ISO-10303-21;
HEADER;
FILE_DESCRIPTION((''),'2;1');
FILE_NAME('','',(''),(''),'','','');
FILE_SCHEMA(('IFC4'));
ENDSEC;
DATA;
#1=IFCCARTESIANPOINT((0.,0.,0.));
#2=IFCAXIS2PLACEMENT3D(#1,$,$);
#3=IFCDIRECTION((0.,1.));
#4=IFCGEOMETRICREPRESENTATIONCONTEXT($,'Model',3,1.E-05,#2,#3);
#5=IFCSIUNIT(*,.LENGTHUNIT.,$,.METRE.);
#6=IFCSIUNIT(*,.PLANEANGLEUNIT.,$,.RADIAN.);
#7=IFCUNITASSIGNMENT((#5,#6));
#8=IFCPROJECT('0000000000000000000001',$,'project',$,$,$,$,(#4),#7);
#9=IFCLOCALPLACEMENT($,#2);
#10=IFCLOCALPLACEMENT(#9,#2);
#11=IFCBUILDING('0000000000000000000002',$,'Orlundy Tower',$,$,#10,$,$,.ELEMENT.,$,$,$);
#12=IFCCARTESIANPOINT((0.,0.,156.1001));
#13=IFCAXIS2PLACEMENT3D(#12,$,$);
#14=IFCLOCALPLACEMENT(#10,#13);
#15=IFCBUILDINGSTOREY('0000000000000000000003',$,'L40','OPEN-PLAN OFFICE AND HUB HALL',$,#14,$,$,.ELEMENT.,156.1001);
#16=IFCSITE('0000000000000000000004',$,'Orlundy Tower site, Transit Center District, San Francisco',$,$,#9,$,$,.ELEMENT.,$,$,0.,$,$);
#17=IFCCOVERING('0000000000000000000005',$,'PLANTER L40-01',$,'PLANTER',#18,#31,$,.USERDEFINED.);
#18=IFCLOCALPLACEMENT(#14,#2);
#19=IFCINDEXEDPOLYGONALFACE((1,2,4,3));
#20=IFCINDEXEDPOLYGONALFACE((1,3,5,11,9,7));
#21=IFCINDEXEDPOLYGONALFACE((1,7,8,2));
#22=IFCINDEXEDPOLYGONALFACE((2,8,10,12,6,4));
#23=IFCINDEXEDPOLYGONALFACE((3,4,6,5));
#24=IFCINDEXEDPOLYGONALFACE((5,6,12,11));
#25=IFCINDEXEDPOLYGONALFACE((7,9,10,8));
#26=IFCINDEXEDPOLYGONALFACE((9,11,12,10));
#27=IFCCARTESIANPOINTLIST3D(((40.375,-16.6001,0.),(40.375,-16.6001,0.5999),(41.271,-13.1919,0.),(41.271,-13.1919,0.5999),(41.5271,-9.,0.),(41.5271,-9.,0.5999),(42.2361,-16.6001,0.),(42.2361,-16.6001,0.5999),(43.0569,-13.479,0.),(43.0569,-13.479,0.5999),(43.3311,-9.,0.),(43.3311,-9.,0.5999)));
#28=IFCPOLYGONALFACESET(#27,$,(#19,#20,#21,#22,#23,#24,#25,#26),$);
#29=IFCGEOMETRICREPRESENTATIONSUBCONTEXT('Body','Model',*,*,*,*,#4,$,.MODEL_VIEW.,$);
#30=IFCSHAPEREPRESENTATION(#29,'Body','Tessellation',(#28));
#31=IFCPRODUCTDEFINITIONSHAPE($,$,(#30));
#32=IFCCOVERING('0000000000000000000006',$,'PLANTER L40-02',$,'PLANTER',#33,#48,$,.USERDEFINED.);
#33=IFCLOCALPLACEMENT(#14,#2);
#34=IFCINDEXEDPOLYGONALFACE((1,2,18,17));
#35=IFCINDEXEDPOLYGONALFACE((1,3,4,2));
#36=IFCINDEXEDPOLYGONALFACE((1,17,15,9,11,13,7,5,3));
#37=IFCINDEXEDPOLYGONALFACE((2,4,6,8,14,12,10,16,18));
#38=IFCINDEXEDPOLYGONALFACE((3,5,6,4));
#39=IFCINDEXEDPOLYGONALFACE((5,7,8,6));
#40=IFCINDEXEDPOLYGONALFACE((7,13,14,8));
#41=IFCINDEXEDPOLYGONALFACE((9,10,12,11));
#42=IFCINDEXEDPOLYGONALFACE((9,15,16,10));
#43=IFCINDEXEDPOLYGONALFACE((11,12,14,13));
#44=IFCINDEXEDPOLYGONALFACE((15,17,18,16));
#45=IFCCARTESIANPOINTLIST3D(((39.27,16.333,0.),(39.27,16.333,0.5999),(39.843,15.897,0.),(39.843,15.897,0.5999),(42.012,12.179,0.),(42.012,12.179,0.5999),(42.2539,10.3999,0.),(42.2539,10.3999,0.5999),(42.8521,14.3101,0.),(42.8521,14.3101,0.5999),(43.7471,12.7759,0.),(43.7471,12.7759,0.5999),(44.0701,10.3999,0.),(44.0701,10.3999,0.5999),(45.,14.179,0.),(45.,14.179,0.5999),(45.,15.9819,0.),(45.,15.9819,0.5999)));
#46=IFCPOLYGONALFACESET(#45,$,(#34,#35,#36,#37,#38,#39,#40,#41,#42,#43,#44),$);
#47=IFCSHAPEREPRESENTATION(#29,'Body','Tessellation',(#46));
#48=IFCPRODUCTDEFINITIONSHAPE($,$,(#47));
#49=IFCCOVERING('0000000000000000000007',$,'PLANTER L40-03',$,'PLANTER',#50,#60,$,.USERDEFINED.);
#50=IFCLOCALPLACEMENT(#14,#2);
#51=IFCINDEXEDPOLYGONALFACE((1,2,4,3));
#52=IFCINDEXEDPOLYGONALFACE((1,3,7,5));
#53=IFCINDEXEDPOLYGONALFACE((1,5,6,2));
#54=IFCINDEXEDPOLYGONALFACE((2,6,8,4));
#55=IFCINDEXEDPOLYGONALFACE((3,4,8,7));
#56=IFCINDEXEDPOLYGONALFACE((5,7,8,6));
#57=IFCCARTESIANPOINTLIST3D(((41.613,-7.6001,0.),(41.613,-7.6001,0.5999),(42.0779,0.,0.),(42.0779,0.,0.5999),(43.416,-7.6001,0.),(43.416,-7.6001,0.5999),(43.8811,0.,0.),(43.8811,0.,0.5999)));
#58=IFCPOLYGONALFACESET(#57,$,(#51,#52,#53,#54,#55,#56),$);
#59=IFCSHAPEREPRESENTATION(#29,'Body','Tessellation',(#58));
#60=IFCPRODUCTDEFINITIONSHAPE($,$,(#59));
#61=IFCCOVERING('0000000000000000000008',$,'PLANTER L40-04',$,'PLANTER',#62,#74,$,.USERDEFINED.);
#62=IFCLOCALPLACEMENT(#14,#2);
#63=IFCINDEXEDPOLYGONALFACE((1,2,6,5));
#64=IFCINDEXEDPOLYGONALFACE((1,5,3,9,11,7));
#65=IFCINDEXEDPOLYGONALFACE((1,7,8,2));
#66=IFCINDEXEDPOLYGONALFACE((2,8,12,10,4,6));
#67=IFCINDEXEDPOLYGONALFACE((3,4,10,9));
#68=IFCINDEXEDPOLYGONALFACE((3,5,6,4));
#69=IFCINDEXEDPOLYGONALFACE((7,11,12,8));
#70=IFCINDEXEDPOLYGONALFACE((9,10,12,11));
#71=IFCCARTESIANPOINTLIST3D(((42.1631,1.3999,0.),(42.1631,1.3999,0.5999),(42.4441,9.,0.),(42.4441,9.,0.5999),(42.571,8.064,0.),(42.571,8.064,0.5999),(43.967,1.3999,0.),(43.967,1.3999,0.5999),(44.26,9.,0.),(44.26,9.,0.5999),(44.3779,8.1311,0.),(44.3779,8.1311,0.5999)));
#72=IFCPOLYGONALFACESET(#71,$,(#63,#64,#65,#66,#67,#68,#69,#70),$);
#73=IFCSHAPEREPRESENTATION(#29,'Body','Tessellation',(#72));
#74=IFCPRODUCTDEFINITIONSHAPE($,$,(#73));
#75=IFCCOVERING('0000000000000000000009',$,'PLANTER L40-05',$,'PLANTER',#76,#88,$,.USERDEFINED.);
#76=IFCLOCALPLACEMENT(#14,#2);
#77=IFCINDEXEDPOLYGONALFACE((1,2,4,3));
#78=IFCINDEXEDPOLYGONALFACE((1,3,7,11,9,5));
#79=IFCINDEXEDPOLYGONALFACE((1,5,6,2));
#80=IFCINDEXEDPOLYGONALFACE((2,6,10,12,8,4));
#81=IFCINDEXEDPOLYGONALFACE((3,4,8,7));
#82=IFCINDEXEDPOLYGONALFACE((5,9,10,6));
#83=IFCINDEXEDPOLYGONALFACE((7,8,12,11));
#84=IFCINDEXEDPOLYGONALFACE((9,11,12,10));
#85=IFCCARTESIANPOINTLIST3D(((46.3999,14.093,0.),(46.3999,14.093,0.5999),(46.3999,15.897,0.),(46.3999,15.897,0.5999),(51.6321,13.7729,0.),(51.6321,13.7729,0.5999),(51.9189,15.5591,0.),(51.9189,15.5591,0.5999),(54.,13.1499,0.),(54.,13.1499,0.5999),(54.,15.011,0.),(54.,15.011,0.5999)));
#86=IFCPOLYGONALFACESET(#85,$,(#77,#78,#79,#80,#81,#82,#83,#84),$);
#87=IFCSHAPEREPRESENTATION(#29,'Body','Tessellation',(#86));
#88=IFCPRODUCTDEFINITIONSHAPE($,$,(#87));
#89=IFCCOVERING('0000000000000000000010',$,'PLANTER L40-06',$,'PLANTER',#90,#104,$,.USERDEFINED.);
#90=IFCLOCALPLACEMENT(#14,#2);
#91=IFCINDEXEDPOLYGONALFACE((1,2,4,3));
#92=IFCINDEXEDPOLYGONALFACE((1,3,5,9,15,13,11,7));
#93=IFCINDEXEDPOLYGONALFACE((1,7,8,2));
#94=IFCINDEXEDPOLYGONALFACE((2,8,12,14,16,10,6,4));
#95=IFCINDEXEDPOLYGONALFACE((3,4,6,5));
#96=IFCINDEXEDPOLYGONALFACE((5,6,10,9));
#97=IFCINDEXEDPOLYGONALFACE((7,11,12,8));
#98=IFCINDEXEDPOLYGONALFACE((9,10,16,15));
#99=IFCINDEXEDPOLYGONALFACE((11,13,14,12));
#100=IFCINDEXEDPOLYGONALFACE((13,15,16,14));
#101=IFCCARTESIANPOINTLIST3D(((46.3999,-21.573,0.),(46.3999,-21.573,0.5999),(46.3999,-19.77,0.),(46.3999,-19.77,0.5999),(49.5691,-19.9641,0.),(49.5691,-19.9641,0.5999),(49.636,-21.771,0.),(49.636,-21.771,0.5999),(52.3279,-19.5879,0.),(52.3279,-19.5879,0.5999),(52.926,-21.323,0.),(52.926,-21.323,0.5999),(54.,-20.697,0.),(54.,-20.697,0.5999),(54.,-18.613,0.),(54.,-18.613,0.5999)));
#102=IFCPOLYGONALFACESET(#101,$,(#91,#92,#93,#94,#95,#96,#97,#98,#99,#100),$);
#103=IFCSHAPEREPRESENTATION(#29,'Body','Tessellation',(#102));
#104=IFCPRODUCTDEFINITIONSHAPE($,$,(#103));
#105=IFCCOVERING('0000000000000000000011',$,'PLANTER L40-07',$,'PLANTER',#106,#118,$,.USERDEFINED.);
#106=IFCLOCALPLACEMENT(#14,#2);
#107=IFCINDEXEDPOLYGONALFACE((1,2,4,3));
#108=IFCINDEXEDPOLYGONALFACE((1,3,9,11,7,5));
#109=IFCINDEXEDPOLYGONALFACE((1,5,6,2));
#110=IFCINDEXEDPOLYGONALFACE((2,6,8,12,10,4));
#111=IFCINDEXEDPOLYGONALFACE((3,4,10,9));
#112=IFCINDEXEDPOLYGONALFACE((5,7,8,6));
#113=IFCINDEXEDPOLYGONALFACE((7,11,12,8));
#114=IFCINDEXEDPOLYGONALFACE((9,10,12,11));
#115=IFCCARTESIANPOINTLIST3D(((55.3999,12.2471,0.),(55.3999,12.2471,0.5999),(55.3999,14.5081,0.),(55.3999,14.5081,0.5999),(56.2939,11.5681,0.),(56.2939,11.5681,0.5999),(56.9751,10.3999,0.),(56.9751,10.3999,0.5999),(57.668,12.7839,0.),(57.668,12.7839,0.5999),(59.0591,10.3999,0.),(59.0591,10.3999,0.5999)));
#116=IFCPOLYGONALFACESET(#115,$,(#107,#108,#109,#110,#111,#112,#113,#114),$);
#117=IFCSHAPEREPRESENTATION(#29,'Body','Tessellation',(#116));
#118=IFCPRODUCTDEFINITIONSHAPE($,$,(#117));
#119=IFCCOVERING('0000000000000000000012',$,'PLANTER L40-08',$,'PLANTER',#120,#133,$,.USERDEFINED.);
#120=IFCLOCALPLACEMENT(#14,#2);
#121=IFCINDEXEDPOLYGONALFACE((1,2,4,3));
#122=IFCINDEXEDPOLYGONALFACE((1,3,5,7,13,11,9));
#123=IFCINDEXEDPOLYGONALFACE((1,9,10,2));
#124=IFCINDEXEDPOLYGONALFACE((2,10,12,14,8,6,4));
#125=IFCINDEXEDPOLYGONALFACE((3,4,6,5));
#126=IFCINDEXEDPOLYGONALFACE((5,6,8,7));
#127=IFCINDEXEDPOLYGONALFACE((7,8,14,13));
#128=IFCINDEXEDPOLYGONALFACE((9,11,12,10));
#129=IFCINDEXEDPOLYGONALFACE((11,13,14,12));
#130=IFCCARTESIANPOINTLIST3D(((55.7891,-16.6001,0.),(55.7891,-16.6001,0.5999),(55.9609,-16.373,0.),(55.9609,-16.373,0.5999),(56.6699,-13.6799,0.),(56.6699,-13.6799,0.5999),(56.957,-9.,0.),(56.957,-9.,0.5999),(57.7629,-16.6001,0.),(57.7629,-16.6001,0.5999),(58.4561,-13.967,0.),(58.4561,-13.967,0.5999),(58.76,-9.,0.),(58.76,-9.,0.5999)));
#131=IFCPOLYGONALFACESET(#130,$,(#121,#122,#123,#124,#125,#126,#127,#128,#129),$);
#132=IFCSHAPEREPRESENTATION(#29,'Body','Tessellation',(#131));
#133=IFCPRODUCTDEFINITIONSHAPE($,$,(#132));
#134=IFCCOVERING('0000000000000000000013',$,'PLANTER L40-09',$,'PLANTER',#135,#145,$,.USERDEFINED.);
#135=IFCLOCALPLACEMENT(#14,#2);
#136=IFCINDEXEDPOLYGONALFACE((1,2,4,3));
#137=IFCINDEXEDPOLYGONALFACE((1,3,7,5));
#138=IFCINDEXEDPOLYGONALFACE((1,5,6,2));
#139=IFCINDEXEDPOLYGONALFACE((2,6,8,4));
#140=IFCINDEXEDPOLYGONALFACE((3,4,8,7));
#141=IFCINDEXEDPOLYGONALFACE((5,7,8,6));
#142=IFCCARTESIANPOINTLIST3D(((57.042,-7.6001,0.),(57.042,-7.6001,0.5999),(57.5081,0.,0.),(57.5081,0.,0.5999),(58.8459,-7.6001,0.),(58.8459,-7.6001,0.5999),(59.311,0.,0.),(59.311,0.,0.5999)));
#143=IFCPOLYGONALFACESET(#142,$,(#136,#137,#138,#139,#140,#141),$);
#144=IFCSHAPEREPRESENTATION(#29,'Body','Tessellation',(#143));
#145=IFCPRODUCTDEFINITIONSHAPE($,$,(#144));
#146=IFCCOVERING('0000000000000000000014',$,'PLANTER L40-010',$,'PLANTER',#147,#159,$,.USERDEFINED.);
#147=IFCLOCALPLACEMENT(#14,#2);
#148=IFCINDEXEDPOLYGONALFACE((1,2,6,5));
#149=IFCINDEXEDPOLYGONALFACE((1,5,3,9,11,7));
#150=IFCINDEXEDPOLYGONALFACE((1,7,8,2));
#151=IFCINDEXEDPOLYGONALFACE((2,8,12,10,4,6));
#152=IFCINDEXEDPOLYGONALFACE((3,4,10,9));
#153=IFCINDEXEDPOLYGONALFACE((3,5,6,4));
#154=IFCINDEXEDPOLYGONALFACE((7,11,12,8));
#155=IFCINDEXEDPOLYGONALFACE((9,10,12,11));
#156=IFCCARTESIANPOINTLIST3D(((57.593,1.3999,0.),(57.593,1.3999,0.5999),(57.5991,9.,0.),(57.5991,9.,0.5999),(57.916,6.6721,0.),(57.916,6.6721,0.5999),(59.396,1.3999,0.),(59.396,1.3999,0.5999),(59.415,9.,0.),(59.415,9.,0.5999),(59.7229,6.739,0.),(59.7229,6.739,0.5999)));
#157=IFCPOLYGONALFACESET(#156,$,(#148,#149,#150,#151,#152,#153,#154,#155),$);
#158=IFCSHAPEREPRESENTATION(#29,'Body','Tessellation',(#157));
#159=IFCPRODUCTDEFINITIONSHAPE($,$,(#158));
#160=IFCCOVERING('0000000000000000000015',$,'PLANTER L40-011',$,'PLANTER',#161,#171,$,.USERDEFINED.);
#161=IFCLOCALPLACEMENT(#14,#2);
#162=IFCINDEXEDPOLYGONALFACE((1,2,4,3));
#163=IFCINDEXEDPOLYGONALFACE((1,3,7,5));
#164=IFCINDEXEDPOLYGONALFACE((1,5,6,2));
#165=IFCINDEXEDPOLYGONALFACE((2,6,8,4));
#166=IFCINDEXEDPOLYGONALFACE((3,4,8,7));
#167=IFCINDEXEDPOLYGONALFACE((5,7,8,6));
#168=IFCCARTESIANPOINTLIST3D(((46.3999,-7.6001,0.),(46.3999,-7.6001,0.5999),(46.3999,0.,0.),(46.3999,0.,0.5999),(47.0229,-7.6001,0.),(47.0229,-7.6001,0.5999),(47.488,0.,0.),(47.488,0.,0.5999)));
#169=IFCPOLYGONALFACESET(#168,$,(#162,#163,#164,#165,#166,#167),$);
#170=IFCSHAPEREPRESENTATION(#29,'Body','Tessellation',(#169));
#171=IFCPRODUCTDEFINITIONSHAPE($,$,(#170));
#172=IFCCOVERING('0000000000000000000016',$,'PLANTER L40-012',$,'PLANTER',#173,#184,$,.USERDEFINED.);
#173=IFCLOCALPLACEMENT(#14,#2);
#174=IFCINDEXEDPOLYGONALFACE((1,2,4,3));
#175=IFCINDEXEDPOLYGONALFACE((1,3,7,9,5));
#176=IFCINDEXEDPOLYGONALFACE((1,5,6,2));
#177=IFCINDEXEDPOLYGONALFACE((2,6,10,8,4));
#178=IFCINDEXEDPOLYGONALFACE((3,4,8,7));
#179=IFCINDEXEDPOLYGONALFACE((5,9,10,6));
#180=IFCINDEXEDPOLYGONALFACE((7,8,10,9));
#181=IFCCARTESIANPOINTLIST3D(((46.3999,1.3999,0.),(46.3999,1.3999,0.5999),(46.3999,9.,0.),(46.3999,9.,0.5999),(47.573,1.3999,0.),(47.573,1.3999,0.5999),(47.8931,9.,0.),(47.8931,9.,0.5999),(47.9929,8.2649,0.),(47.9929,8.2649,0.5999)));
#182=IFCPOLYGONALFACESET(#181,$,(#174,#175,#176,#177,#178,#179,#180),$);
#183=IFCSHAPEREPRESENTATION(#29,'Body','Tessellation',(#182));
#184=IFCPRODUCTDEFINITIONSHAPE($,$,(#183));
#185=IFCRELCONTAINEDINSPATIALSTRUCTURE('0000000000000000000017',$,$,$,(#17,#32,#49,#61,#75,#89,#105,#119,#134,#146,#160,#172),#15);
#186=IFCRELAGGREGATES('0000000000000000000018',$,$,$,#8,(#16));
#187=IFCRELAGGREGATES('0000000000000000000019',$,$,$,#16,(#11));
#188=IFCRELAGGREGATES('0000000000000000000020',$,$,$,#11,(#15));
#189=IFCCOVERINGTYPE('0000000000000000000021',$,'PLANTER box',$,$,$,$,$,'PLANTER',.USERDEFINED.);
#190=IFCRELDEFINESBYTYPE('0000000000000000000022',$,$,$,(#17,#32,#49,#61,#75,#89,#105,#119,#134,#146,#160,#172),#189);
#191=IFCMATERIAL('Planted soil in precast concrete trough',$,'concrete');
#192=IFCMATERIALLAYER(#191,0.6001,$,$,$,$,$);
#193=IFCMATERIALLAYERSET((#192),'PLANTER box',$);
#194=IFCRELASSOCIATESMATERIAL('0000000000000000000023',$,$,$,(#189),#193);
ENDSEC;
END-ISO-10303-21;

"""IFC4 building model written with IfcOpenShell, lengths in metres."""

from ifc_helpers import new_model, si_unit, direction, frame, origin, place, context, subcontext, project, spatial, polyline, outline, extrude, material, layer, layer_set, type_object, element, save


model = new_model("IFC4")

# Units and contexts
model_context = context("Model", 3, precision=1e-05, world=origin(), true_north=direction((0.0, 1.0)))
body_context = subcontext(model_context, "Body", "Model", "MODEL_VIEW")
ifc_project = project(units=[si_unit("LENGTHUNIT", "METRE"), si_unit("PLANEANGLEUNIT", "RADIAN")], contexts=[model_context])

# Site, building, storey
site_placement = place(None, origin())
site = spatial("IfcSite", under=ifc_project, at=site_placement, Name="Orlundy Tower site, Transit Center District, San Francisco", CompositionType="ELEMENT", RefElevation=0.0)
building_placement = place(site_placement, origin())
building = spatial("IfcBuilding", under=site, at=building_placement, Name="Orlundy Tower", CompositionType="ELEMENT")
storey_placement = place(building_placement, frame((0.0, 0.0, 156.1001)))
storey = spatial("IfcBuildingStorey", under=building, at=storey_placement, Name="L40", Description="OPEN-PLAN OFFICE AND HUB HALL", CompositionType="ELEMENT", Elevation=156.1001)

# Coverings
ifc_material_1 = material(Name="Planted soil in precast concrete trough", Category="concrete")
ifc_layer_1 = layer(ifc_material_1, 0.6001)
ifc_layer_set_1 = layer_set([ifc_layer_1], Name="PLANTER box")
covering_type = type_object("IfcCoveringType", Name="PLANTER box", ElementType="PLANTER", PredefinedType="USERDEFINED", material=ifc_layer_set_1)
covering_1_placement = place(storey_placement, origin())
element("IfcCovering", 1, at=covering_1_placement, inside=storey, type_object=covering_type, Name="PLANTER L40-01", ObjectType="PLANTER", PredefinedType="USERDEFINED", context=body_context, shape_type="SweptSolid", body=[
    extrude(outline(polyline([(41.271, -13.1919), (41.5271, -9.0), (43.3311, -9.0), (43.0569, -13.479), (42.2361, -16.6001), (40.375, -16.6001), (41.271, -13.1919)])), origin(), (0.0, 0.0, 1.0), 0.5999),
])
covering_2_placement = place(storey_placement, origin())
element("IfcCovering", 2, at=covering_2_placement, inside=storey, type_object=covering_type, Name="PLANTER L40-02", ObjectType="PLANTER", PredefinedType="USERDEFINED", context=body_context, shape_type="SweptSolid", body=[
    extrude(outline(polyline([(42.012, 12.179), (39.843, 15.897), (39.27, 16.333), (45.0, 15.9819), (45.0, 14.179), (42.8521, 14.3101), (43.7471, 12.7759), (44.0701, 10.3999), (42.2539, 10.3999), (42.012, 12.179)])), origin(), (0.0, 0.0, 1.0), 0.5999),
])
covering_3_placement = place(storey_placement, origin())
element("IfcCovering", 3, at=covering_3_placement, inside=storey, type_object=covering_type, Name="PLANTER L40-03", ObjectType="PLANTER", PredefinedType="USERDEFINED", context=body_context, shape_type="SweptSolid", body=[
    extrude(outline(polyline([(42.0779, 0.0), (43.8811, 0.0), (43.416, -7.6001), (41.613, -7.6001), (42.0779, 0.0)])), origin(), (0.0, 0.0, 1.0), 0.5999),
])
covering_4_placement = place(storey_placement, origin())
element("IfcCovering", 4, at=covering_4_placement, inside=storey, type_object=covering_type, Name="PLANTER L40-04", ObjectType="PLANTER", PredefinedType="USERDEFINED", context=body_context, shape_type="SweptSolid", body=[
    extrude(outline(polyline([(42.571, 8.064), (42.4441, 9.0), (44.26, 9.0), (44.3779, 8.1311), (43.967, 1.3999), (42.1631, 1.3999), (42.571, 8.064)])), origin(), (0.0, 0.0, 1.0), 0.5999),
])
covering_5_placement = place(storey_placement, origin())
element("IfcCovering", 5, at=covering_5_placement, inside=storey, type_object=covering_type, Name="PLANTER L40-05", ObjectType="PLANTER", PredefinedType="USERDEFINED", context=body_context, shape_type="SweptSolid", body=[
    extrude(outline(polyline([(51.9189, 15.5591), (54.0, 15.011), (54.0, 13.1499), (51.6321, 13.7729), (46.3999, 14.093), (46.3999, 15.897), (51.9189, 15.5591)])), origin(), (0.0, 0.0, 1.0), 0.5999),
])
covering_6_placement = place(storey_placement, origin())
element("IfcCovering", 6, at=covering_6_placement, inside=storey, type_object=covering_type, Name="PLANTER L40-06", ObjectType="PLANTER", PredefinedType="USERDEFINED", context=body_context, shape_type="SweptSolid", body=[
    extrude(outline(polyline([(52.926, -21.323), (49.636, -21.771), (46.3999, -21.573), (46.3999, -19.77), (49.5691, -19.9641), (52.3279, -19.5879), (54.0, -18.613), (54.0, -20.697), (52.926, -21.323)])), origin(), (0.0, 0.0, 1.0), 0.5999),
])
covering_7_placement = place(storey_placement, origin())
element("IfcCovering", 7, at=covering_7_placement, inside=storey, type_object=covering_type, Name="PLANTER L40-07", ObjectType="PLANTER", PredefinedType="USERDEFINED", context=body_context, shape_type="SweptSolid", body=[
    extrude(outline(polyline([(57.668, 12.7839), (59.0591, 10.3999), (56.9751, 10.3999), (56.2939, 11.5681), (55.3999, 12.2471), (55.3999, 14.5081), (57.668, 12.7839)])), origin(), (0.0, 0.0, 1.0), 0.5999),
])
covering_8_placement = place(storey_placement, origin())
element("IfcCovering", 8, at=covering_8_placement, inside=storey, type_object=covering_type, Name="PLANTER L40-08", ObjectType="PLANTER", PredefinedType="USERDEFINED", context=body_context, shape_type="SweptSolid", body=[
    extrude(outline(polyline([(58.4561, -13.967), (57.7629, -16.6001), (55.7891, -16.6001), (55.9609, -16.373), (56.6699, -13.6799), (56.957, -9.0), (58.76, -9.0), (58.4561, -13.967)])), origin(), (0.0, 0.0, 1.0), 0.5999),
])
covering_9_placement = place(storey_placement, origin())
element("IfcCovering", 9, at=covering_9_placement, inside=storey, type_object=covering_type, Name="PLANTER L40-09", ObjectType="PLANTER", PredefinedType="USERDEFINED", context=body_context, shape_type="SweptSolid", body=[
    extrude(outline(polyline([(58.8459, -7.6001), (57.042, -7.6001), (57.5081, 0.0), (59.311, 0.0), (58.8459, -7.6001)])), origin(), (0.0, 0.0, 1.0), 0.5999),
])
covering_10_placement = place(storey_placement, origin())
element("IfcCovering", 10, at=covering_10_placement, inside=storey, type_object=covering_type, Name="PLANTER L40-010", ObjectType="PLANTER", PredefinedType="USERDEFINED", context=body_context, shape_type="SweptSolid", body=[
    extrude(outline(polyline([(59.7229, 6.739), (59.396, 1.3999), (57.593, 1.3999), (57.916, 6.6721), (57.5991, 9.0), (59.415, 9.0), (59.7229, 6.739)])), origin(), (0.0, 0.0, 1.0), 0.5999),
])
covering_11_placement = place(storey_placement, origin())
element("IfcCovering", 11, at=covering_11_placement, inside=storey, type_object=covering_type, Name="PLANTER L40-011", ObjectType="PLANTER", PredefinedType="USERDEFINED", context=body_context, shape_type="SweptSolid", body=[
    extrude(outline(polyline([(47.0229, -7.6001), (46.3999, -7.6001), (46.3999, 0.0), (47.488, 0.0), (47.0229, -7.6001)])), origin(), (0.0, 0.0, 1.0), 0.5999),
])
covering_12_placement = place(storey_placement, origin())
element("IfcCovering", 12, at=covering_12_placement, inside=storey, type_object=covering_type, Name="PLANTER L40-012", ObjectType="PLANTER", PredefinedType="USERDEFINED", context=body_context, shape_type="SweptSolid", body=[
    extrude(outline(polyline([(47.9929, 8.2649), (47.573, 1.3999), (46.3999, 1.3999), (46.3999, 9.0), (47.8931, 9.0), (47.9929, 8.2649)])), origin(), (0.0, 0.0, 1.0), 0.5999),
])

save(model, "model.ifc")
